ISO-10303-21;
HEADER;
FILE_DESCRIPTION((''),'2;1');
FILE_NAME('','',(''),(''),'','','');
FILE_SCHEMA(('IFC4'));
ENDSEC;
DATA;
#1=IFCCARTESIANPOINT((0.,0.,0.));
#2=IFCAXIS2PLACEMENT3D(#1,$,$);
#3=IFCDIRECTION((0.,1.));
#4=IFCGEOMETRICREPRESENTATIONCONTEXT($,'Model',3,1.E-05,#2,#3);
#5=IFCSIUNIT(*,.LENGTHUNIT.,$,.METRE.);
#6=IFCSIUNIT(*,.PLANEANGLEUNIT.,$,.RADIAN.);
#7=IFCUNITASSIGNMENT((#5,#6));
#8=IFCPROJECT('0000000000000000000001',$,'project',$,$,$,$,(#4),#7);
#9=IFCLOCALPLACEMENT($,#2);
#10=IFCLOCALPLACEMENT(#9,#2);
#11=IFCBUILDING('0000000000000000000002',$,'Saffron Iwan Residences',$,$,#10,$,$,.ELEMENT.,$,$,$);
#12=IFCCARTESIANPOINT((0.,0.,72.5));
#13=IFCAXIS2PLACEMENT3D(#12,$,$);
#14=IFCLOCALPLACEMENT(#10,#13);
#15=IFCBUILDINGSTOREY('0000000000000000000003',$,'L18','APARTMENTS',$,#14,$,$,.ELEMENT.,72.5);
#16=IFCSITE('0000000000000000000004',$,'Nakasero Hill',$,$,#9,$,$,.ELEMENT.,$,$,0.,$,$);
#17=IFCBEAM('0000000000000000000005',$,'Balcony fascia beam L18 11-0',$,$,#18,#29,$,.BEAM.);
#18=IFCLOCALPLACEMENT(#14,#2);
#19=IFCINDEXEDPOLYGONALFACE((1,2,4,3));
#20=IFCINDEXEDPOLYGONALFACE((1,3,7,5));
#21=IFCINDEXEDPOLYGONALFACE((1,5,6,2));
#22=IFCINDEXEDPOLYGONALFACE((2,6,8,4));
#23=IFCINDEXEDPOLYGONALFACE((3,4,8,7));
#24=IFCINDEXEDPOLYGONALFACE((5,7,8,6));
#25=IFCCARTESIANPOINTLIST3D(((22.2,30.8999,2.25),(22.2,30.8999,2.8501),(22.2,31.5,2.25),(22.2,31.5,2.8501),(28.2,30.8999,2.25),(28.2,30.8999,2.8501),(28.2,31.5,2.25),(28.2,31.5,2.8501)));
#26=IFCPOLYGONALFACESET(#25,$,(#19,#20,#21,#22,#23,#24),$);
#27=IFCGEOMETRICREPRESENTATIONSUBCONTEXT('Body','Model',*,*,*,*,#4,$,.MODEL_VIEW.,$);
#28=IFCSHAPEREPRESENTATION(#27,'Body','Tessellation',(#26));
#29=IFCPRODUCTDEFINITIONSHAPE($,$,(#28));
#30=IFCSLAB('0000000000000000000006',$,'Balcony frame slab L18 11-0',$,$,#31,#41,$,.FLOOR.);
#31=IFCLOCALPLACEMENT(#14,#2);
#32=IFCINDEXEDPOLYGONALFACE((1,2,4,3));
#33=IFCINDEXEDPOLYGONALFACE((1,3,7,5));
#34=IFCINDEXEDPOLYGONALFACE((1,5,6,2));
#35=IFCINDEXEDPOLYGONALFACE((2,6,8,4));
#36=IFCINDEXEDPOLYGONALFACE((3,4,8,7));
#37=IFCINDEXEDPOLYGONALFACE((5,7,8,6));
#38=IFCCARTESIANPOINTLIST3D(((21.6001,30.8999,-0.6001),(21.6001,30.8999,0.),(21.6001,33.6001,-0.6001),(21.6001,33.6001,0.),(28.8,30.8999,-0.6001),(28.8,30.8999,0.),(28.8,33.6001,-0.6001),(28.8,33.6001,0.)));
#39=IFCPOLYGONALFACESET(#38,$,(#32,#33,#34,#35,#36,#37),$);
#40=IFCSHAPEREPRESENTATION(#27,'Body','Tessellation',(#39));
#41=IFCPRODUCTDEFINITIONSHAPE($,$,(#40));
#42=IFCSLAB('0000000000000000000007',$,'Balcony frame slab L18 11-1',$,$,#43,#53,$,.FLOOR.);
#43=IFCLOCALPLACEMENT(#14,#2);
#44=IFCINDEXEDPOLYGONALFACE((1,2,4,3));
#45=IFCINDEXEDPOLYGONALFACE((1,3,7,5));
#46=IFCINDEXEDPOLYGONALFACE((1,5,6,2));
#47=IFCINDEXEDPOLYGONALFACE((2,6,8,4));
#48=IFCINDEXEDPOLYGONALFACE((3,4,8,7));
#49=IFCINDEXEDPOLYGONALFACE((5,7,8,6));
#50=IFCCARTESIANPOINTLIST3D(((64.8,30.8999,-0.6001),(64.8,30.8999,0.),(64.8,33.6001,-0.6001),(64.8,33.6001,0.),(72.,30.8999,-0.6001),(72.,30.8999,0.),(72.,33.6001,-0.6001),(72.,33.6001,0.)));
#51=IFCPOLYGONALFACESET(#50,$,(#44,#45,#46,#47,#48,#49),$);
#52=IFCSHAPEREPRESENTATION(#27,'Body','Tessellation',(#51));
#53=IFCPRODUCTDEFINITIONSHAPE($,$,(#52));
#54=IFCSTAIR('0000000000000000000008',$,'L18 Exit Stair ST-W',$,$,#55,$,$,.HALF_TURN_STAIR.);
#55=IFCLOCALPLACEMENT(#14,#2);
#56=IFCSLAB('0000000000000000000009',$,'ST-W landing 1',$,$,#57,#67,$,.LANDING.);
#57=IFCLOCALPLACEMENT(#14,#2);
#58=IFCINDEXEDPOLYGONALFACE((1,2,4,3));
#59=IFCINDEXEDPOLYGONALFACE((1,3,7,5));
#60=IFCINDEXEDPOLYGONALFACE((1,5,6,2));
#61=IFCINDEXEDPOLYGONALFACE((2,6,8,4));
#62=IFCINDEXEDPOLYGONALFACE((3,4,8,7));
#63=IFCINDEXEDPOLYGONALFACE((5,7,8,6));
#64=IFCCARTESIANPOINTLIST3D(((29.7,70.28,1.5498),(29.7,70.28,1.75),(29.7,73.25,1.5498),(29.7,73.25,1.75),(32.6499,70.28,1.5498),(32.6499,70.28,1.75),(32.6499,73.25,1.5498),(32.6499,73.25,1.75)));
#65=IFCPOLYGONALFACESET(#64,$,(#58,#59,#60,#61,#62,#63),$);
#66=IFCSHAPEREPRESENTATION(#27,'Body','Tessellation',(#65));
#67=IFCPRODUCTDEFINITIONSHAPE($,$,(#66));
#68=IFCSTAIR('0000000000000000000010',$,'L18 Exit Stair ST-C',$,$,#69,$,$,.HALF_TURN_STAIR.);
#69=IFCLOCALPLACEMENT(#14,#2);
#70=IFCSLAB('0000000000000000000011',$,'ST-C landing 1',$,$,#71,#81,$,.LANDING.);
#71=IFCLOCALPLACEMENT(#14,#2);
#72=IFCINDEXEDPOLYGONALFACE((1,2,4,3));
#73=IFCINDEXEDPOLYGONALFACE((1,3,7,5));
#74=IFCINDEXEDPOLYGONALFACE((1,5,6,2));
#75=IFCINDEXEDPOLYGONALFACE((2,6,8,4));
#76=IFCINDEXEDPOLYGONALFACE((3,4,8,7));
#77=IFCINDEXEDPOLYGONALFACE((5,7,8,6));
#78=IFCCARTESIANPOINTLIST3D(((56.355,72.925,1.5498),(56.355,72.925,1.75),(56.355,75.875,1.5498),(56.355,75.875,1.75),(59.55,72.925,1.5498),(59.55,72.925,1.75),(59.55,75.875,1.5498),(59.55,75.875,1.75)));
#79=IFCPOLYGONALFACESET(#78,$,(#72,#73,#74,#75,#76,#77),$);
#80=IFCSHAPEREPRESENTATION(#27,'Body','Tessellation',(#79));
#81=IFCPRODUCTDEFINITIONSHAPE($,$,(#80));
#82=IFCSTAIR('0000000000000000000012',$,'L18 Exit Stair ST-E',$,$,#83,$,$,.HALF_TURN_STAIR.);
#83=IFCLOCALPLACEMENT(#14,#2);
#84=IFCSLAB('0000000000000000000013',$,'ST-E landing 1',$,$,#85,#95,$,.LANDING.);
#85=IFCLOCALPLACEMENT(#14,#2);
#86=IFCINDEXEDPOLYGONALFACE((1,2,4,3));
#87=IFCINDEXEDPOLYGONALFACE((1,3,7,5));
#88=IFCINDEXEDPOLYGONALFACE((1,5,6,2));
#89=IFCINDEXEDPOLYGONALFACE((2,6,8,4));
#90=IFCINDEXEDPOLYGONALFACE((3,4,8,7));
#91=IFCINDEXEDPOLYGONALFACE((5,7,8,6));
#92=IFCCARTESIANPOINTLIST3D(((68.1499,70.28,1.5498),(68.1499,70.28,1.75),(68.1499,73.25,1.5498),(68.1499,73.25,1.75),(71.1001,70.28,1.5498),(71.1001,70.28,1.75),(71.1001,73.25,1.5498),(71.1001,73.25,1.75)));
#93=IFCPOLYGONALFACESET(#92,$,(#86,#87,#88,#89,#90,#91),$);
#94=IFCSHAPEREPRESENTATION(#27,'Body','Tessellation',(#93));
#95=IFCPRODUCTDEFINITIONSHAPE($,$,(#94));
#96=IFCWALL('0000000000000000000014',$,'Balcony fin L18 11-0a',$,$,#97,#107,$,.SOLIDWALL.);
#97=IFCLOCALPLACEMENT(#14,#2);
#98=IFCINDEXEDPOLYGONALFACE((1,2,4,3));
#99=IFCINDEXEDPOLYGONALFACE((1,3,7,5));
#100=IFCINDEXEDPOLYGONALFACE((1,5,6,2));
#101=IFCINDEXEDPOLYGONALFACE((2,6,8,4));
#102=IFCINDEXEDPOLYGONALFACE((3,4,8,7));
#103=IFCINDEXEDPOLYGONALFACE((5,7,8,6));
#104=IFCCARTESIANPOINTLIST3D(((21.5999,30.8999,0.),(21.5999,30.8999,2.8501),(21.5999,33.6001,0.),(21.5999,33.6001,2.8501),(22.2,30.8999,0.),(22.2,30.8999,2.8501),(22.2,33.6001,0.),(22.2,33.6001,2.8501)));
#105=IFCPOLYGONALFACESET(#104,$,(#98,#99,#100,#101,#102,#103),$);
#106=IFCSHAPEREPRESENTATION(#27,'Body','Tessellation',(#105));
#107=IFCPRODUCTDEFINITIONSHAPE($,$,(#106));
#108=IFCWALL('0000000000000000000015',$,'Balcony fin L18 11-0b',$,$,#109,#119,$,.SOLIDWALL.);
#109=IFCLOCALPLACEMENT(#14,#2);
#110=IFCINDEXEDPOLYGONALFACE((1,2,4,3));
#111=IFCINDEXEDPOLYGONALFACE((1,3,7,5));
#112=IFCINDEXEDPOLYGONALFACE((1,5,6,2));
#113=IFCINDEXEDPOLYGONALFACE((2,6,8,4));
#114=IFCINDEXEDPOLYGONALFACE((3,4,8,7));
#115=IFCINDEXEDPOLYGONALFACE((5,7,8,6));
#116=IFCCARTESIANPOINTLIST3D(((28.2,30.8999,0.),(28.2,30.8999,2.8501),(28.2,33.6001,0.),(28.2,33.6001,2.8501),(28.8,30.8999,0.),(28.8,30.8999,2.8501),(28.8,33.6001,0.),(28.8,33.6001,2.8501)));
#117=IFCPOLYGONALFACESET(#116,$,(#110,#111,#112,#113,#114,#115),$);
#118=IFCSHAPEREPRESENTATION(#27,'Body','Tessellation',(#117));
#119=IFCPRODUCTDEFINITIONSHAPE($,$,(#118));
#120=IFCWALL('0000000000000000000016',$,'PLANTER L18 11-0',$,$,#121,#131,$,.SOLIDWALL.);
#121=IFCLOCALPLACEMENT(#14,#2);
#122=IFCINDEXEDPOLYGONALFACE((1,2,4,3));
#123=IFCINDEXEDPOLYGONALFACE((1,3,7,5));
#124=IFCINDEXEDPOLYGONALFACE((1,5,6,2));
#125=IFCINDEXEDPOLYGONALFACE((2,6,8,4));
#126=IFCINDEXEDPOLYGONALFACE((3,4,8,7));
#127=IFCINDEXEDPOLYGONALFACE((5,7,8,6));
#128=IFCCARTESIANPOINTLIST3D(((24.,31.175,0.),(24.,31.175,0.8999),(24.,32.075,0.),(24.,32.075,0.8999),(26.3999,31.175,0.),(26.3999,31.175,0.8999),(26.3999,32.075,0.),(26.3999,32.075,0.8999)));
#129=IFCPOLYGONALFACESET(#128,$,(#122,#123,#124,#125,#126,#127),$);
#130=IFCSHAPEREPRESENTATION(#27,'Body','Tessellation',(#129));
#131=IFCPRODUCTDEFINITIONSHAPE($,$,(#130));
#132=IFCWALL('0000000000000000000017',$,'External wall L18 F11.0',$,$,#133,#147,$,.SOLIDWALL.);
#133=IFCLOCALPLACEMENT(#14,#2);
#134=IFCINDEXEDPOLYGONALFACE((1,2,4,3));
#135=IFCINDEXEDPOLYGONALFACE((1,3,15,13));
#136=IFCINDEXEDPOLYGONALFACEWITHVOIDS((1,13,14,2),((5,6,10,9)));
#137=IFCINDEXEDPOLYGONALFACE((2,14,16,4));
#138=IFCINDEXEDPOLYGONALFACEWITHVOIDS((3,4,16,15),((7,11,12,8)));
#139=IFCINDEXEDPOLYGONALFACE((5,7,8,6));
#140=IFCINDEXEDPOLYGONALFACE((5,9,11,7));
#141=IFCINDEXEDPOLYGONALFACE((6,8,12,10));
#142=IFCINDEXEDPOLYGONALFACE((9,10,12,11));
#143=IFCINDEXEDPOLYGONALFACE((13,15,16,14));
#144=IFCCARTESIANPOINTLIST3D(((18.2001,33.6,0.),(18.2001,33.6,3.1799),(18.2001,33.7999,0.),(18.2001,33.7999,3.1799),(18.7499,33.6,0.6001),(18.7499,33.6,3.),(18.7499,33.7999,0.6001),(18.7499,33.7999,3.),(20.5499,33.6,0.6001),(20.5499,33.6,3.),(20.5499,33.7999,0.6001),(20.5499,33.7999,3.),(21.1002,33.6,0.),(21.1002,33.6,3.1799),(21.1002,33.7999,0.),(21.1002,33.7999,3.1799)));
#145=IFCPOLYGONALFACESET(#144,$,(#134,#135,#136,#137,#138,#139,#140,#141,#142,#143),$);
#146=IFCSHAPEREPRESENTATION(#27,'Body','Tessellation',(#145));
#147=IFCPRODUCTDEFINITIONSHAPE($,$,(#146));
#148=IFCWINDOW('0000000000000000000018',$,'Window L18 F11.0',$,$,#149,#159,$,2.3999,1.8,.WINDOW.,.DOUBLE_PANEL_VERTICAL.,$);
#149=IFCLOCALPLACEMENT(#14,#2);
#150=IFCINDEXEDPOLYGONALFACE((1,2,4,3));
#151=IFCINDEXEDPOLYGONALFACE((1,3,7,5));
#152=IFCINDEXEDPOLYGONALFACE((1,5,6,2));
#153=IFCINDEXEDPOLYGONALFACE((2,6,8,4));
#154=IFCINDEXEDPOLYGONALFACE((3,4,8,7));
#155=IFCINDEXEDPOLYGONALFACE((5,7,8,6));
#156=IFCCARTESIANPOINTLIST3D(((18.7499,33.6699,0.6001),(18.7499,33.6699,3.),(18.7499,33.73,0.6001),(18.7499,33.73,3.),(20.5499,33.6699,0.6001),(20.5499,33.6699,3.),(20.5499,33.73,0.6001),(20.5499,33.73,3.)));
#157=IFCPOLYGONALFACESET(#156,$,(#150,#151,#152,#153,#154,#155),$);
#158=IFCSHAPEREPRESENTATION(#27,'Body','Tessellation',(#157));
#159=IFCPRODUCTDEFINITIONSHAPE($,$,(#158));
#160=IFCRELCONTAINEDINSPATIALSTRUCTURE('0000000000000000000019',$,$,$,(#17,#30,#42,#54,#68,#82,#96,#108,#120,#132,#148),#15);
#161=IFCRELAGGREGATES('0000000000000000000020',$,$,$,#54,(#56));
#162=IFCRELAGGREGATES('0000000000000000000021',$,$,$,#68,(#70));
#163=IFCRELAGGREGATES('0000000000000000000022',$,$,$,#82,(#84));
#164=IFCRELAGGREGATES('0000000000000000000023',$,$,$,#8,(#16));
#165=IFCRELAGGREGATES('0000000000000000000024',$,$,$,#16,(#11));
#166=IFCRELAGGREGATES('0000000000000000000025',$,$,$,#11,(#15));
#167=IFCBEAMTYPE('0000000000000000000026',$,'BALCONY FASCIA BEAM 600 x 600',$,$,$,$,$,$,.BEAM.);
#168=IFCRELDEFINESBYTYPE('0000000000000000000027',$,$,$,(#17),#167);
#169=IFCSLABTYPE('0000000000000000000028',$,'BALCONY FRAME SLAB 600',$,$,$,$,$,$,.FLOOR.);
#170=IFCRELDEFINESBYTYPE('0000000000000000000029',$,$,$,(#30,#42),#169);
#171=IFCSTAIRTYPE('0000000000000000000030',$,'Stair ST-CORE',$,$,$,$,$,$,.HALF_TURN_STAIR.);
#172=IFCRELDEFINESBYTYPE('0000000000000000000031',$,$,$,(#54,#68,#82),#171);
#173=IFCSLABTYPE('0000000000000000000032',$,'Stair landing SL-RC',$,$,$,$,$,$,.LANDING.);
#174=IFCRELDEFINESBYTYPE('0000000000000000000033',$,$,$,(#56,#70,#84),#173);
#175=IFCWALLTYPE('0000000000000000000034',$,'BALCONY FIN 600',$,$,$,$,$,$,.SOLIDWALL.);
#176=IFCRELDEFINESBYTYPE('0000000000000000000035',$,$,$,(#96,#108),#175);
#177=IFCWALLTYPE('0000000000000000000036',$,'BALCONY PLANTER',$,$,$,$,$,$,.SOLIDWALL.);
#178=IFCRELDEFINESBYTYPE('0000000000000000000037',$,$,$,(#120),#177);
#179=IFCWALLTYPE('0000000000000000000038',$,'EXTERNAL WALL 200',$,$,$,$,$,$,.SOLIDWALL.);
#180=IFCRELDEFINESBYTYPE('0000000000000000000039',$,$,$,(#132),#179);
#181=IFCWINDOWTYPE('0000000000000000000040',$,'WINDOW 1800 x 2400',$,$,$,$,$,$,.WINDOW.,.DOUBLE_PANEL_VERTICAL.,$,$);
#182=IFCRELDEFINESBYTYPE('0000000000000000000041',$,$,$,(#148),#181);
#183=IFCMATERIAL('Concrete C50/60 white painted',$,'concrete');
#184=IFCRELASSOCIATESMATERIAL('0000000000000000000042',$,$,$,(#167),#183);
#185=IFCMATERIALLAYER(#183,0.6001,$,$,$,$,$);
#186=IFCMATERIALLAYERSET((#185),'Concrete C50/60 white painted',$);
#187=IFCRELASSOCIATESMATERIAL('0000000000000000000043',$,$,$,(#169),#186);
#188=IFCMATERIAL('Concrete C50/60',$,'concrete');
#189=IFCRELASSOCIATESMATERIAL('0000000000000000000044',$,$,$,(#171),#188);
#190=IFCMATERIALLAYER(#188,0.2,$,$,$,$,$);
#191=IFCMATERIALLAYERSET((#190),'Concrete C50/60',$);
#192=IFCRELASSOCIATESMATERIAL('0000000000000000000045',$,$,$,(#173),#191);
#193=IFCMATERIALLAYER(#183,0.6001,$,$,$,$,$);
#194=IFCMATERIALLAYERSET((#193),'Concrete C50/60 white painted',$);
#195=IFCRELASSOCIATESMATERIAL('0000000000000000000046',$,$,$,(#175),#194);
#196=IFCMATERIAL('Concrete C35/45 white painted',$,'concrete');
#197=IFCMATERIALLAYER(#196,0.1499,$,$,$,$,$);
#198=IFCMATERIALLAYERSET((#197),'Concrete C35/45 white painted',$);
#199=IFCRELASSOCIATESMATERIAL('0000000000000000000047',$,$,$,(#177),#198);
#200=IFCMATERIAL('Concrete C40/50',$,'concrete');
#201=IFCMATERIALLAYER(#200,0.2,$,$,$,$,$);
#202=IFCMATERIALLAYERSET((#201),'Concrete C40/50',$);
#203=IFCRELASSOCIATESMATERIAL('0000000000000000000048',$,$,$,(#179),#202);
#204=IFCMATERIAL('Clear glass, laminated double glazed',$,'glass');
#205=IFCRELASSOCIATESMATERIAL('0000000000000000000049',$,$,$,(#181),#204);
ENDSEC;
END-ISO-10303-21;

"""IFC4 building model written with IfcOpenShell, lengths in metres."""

from ifc_helpers import new_model, si_unit, direction, frame, frame_2d, origin, origin_2d, place, context, subcontext, project, spatial, polyline, rectangle, outline, extrude, source, transform, mapped, material, layer, layer_set, material_profile, profile_set, type_object, element, fill, aggregate, save


model = new_model("IFC4")

# Units and contexts
model_context = context("Model", 3, precision=1e-05, world=origin(), true_north=direction((0.0, 1.0)))
body_context = subcontext(model_context, "Body", "Model", "MODEL_VIEW")
ifc_project = project(units=[si_unit("LENGTHUNIT", "METRE"), si_unit("PLANEANGLEUNIT", "RADIAN")], contexts=[model_context])

# Site, building, storey
site_placement = place(None, origin())
site = spatial("IfcSite", under=ifc_project, at=site_placement, Name="Nakasero Hill", CompositionType="ELEMENT", RefElevation=0.0)
building_placement = place(site_placement, origin())
building = spatial("IfcBuilding", under=site, at=building_placement, Name="Saffron Iwan Residences", CompositionType="ELEMENT")
storey_placement = place(building_placement, frame((0.0, 0.0, 72.5)))
storey = spatial("IfcBuildingStorey", under=building, at=storey_placement, Name="L18", Description="APARTMENTS", CompositionType="ELEMENT", Elevation=72.5)

# Beam
ifc_material_1 = material(Name="Concrete C50/60 white painted", Category="concrete")
ifc_material_profile = material_profile(ifc_material_1, rectangle(XDim=0.6001, YDim=0.6001, at=origin_2d()), Name="BALCONY FASCIA BEAM 600 x 600")
ifc_profile_set = profile_set([ifc_material_profile], Name="Concrete C50/60 white painted")
beam_type = type_object("IfcBeamType", Name="BALCONY FASCIA BEAM 600 x 600", PredefinedType="BEAM", material=ifc_profile_set)
shared_shape = source(origin(), body_context, "Body", "SweptSolid", [
    extrude(rectangle(XDim=0.6001, YDim=0.6001, at=origin_2d()), origin(), (0.0, 0.0, 1.0), 6.0),
])
beam_placement = place(storey_placement, frame((22.2, 31.2, 2.55), z_axis=(1.0, 0.0, 0.0), x_axis=(0.0, 1.0, 0.0)))
element("IfcBeam", 1, at=beam_placement, inside=storey, type_object=beam_type, Name="Balcony fascia beam L18 11-0", PredefinedType="BEAM", context=body_context, shape_type="MappedRepresentation", body=[
    mapped(shared_shape, transform((0.0, 0.0, 0.0))),
])

# Slabs
ifc_layer_1 = layer(ifc_material_1, 0.6001)
ifc_layer_set_1 = layer_set([ifc_layer_1], Name="Concrete C50/60 white painted")
slab_type_1 = type_object("IfcSlabType", Name="BALCONY FRAME SLAB 600", PredefinedType="FLOOR", material=ifc_layer_set_1)
slab_1_placement = place(storey_placement, frame((0.0, 0.0, -0.6001)))
element("IfcSlab", 2, at=slab_1_placement, inside=storey, type_object=slab_type_1, Name="Balcony frame slab L18 11-0", PredefinedType="FLOOR", context=body_context, shape_type="SweptSolid", body=[
    extrude(outline(polyline([(21.6001, 30.8999), (28.8, 30.8999), (28.8, 33.6001), (21.6001, 33.6001), (21.6001, 30.8999)])), origin(), (0.0, 0.0, 1.0), 0.6001),
])
slab_2_placement = place(storey_placement, frame((0.0, 0.0, -0.6001)))
element("IfcSlab", 3, at=slab_2_placement, inside=storey, type_object=slab_type_1, Name="Balcony frame slab L18 11-1", PredefinedType="FLOOR", context=body_context, shape_type="SweptSolid", body=[
    extrude(outline(polyline([(64.8, 30.8999), (72.0, 30.8999), (72.0, 33.6001), (64.8, 33.6001), (64.8, 30.8999)])), origin(), (0.0, 0.0, 1.0), 0.6001),
])

# Stairs, slabs
ifc_material_2 = material(Name="Concrete C50/60", Category="concrete")
stair_type = type_object("IfcStairType", Name="Stair ST-CORE", PredefinedType="HALF_TURN_STAIR", material=ifc_material_2)
stair_1_placement = place(storey_placement, origin())
stair_1 = element("IfcStair", 4, at=stair_1_placement, inside=storey, type_object=stair_type, Name="L18 Exit Stair ST-W", PredefinedType="HALF_TURN_STAIR")
ifc_layer_2 = layer(ifc_material_2, 0.2)
ifc_layer_set_2 = layer_set([ifc_layer_2], Name="Concrete C50/60")
slab_type_2 = type_object("IfcSlabType", Name="Stair landing SL-RC", PredefinedType="LANDING", material=ifc_layer_set_2)
slab_3_placement = place(storey_placement, frame((0.0, 0.0, 1.5498)))
slab_3 = element("IfcSlab", 5, at=slab_3_placement, type_object=slab_type_2, Name="ST-W landing 1", PredefinedType="LANDING", context=body_context, shape_type="SweptSolid", body=[
    extrude(outline(polyline([(32.6499, 70.28), (32.6499, 73.25), (29.7, 73.25), (29.7, 70.28), (32.6499, 70.28)])), origin(), (0.0, 0.0, 1.0), 0.2002),
])
aggregate(stair_1, [slab_3])
stair_2_placement = place(storey_placement, origin())
stair_2 = element("IfcStair", 6, at=stair_2_placement, inside=storey, type_object=stair_type, Name="L18 Exit Stair ST-C", PredefinedType="HALF_TURN_STAIR")
slab_4_placement = place(storey_placement, frame((0.0, 0.0, 1.5498)))
slab_4 = element("IfcSlab", 7, at=slab_4_placement, type_object=slab_type_2, Name="ST-C landing 1", PredefinedType="LANDING", context=body_context, shape_type="SweptSolid", body=[
    extrude(outline(polyline([(56.355, 72.925), (59.55, 72.925), (59.55, 75.875), (56.355, 75.875), (56.355, 72.925)])), origin(), (0.0, 0.0, 1.0), 0.2002),
])
aggregate(stair_2, [slab_4])
stair_3_placement = place(storey_placement, origin())
stair_3 = element("IfcStair", 8, at=stair_3_placement, inside=storey, type_object=stair_type, Name="L18 Exit Stair ST-E", PredefinedType="HALF_TURN_STAIR")
slab_5_placement = place(storey_placement, frame((0.0, 0.0, 1.5498)))
slab_5 = element("IfcSlab", 9, at=slab_5_placement, type_object=slab_type_2, Name="ST-E landing 1", PredefinedType="LANDING", context=body_context, shape_type="SweptSolid", body=[
    extrude(outline(polyline([(71.1001, 70.28), (71.1001, 73.25), (68.1499, 73.25), (68.1499, 70.28), (71.1001, 70.28)])), origin(), (0.0, 0.0, 1.0), 0.2002),
])
aggregate(stair_3, [slab_5])

# Walls
ifc_layer_3 = layer(ifc_material_1, 0.6001)
ifc_layer_set_3 = layer_set([ifc_layer_3], Name="Concrete C50/60 white painted")
wall_type_1 = type_object("IfcWallType", Name="BALCONY FIN 600", PredefinedType="SOLIDWALL", material=ifc_layer_set_3)
for number, where, z_axis, x_axis, name in (
    (10, (21.8999, 33.6001, 0.0), (0.0, 0.0, 1.0), (0.0, -1.0, 0.0), "Balcony fin L18 11-0a"),
    (11, (28.5, 33.6001, 0.0), (0.0, 0.0, 1.0), (0.0, -1.0, 0.0), "Balcony fin L18 11-0b"),
):
    element("IfcWall", number, at=place(storey_placement, frame(where, z_axis=z_axis, x_axis=x_axis)), inside=storey, type_object=wall_type_1, Name=name, PredefinedType="SOLIDWALL", context=body_context, shape_type="SweptSolid", body=[
        extrude(rectangle(XDim=2.7002, YDim=0.6001, at=frame_2d((1.3501, 0.0))), origin(), (0.0, 0.0, 1.0), 2.8501),
    ])
ifc_material_3 = material(Name="Concrete C35/45 white painted", Category="concrete")
ifc_layer_4 = layer(ifc_material_3, 0.1499)
ifc_layer_set_4 = layer_set([ifc_layer_4], Name="Concrete C35/45 white painted")
wall_type_2 = type_object("IfcWallType", Name="BALCONY PLANTER", PredefinedType="SOLIDWALL", material=ifc_layer_set_4)
wall_1_placement = place(storey_placement, frame((24.0, 31.625, 0.0), z_axis=(0.0, 0.0, 1.0), x_axis=(1.0, 0.0, 0.0)))
element("IfcWall", 12, at=wall_1_placement, inside=storey, type_object=wall_type_2, Name="PLANTER L18 11-0", PredefinedType="SOLIDWALL", context=body_context, shape_type="SweptSolid", body=[
    extrude(rectangle(XDim=2.3999, YDim=0.8999, at=frame_2d((1.2, 0.0))), origin(), (0.0, 0.0, 1.0), 0.8999),
])

# Wall, opening, window
ifc_material_4 = material(Name="Concrete C40/50", Category="concrete")
ifc_layer_5 = layer(ifc_material_4, 0.2)
ifc_layer_set_5 = layer_set([ifc_layer_5], Name="Concrete C40/50")
wall_type_3 = type_object("IfcWallType", Name="EXTERNAL WALL 200", PredefinedType="SOLIDWALL", material=ifc_layer_set_5)
wall_2_placement = place(storey_placement, frame((18.2, 33.7, 0.0), z_axis=(0.0, 0.0, 1.0), x_axis=(1.0, 0.0, 0.0)))
wall_2 = element("IfcWall", 13, at=wall_2_placement, inside=storey, type_object=wall_type_3, Name="External wall L18 F11.0", PredefinedType="SOLIDWALL", context=body_context, shape_type="SweptSolid", body=[
    extrude(rectangle(XDim=2.9001, YDim=0.2, at=frame_2d((1.4502, 0.0))), origin(), (0.0, 0.0, 1.0), 3.1799),
])
opening_1_placement = place(wall_2_placement, frame((0.55, 0.0, 0.6001)))
opening_1 = element("IfcOpeningElement", 14, at=opening_1_placement, cuts=wall_2, PredefinedType="OPENING", context=body_context, shape_type="SweptSolid", body=[
    extrude(rectangle(XDim=1.8, YDim=2.3999, at=frame_2d((0.8999, 1.2))), frame((0.0, 0.1099, 0.0), z_axis=(0.0, -1.0, 0.0), x_axis=(1.0, 0.0, 0.0)), (0.0, 0.0, 1.0), 0.22),
])
ifc_material_5 = material(Name="Clear glass, laminated double glazed", Category="glass")
window_type_1 = type_object("IfcWindowType", Name="WINDOW 1800 x 2400", PartitioningType="DOUBLE_PANEL_VERTICAL", PredefinedType="WINDOW", material=ifc_material_5)
window_1_placement = place(opening_1_placement, origin())
window_1 = element("IfcWindow", 15, at=window_1_placement, inside=storey, type_object=window_type_1, Name="Window L18 F11.0", OverallHeight=2.3999, OverallWidth=1.8, PartitioningType="DOUBLE_PANEL_VERTICAL", PredefinedType="WINDOW", context=body_context, shape_type="SweptSolid", body=[
    extrude(rectangle(XDim=1.8, YDim=2.3999, at=frame_2d((0.8999, 1.2))), frame((0.0, 0.03, 0.0), z_axis=(0.0, -1.0, 0.0), x_axis=(1.0, 0.0, 0.0)), (0.0, 0.0, 1.0), 0.0601),
])
fill(opening_1, window_1)

save(model, "model.ifc")
